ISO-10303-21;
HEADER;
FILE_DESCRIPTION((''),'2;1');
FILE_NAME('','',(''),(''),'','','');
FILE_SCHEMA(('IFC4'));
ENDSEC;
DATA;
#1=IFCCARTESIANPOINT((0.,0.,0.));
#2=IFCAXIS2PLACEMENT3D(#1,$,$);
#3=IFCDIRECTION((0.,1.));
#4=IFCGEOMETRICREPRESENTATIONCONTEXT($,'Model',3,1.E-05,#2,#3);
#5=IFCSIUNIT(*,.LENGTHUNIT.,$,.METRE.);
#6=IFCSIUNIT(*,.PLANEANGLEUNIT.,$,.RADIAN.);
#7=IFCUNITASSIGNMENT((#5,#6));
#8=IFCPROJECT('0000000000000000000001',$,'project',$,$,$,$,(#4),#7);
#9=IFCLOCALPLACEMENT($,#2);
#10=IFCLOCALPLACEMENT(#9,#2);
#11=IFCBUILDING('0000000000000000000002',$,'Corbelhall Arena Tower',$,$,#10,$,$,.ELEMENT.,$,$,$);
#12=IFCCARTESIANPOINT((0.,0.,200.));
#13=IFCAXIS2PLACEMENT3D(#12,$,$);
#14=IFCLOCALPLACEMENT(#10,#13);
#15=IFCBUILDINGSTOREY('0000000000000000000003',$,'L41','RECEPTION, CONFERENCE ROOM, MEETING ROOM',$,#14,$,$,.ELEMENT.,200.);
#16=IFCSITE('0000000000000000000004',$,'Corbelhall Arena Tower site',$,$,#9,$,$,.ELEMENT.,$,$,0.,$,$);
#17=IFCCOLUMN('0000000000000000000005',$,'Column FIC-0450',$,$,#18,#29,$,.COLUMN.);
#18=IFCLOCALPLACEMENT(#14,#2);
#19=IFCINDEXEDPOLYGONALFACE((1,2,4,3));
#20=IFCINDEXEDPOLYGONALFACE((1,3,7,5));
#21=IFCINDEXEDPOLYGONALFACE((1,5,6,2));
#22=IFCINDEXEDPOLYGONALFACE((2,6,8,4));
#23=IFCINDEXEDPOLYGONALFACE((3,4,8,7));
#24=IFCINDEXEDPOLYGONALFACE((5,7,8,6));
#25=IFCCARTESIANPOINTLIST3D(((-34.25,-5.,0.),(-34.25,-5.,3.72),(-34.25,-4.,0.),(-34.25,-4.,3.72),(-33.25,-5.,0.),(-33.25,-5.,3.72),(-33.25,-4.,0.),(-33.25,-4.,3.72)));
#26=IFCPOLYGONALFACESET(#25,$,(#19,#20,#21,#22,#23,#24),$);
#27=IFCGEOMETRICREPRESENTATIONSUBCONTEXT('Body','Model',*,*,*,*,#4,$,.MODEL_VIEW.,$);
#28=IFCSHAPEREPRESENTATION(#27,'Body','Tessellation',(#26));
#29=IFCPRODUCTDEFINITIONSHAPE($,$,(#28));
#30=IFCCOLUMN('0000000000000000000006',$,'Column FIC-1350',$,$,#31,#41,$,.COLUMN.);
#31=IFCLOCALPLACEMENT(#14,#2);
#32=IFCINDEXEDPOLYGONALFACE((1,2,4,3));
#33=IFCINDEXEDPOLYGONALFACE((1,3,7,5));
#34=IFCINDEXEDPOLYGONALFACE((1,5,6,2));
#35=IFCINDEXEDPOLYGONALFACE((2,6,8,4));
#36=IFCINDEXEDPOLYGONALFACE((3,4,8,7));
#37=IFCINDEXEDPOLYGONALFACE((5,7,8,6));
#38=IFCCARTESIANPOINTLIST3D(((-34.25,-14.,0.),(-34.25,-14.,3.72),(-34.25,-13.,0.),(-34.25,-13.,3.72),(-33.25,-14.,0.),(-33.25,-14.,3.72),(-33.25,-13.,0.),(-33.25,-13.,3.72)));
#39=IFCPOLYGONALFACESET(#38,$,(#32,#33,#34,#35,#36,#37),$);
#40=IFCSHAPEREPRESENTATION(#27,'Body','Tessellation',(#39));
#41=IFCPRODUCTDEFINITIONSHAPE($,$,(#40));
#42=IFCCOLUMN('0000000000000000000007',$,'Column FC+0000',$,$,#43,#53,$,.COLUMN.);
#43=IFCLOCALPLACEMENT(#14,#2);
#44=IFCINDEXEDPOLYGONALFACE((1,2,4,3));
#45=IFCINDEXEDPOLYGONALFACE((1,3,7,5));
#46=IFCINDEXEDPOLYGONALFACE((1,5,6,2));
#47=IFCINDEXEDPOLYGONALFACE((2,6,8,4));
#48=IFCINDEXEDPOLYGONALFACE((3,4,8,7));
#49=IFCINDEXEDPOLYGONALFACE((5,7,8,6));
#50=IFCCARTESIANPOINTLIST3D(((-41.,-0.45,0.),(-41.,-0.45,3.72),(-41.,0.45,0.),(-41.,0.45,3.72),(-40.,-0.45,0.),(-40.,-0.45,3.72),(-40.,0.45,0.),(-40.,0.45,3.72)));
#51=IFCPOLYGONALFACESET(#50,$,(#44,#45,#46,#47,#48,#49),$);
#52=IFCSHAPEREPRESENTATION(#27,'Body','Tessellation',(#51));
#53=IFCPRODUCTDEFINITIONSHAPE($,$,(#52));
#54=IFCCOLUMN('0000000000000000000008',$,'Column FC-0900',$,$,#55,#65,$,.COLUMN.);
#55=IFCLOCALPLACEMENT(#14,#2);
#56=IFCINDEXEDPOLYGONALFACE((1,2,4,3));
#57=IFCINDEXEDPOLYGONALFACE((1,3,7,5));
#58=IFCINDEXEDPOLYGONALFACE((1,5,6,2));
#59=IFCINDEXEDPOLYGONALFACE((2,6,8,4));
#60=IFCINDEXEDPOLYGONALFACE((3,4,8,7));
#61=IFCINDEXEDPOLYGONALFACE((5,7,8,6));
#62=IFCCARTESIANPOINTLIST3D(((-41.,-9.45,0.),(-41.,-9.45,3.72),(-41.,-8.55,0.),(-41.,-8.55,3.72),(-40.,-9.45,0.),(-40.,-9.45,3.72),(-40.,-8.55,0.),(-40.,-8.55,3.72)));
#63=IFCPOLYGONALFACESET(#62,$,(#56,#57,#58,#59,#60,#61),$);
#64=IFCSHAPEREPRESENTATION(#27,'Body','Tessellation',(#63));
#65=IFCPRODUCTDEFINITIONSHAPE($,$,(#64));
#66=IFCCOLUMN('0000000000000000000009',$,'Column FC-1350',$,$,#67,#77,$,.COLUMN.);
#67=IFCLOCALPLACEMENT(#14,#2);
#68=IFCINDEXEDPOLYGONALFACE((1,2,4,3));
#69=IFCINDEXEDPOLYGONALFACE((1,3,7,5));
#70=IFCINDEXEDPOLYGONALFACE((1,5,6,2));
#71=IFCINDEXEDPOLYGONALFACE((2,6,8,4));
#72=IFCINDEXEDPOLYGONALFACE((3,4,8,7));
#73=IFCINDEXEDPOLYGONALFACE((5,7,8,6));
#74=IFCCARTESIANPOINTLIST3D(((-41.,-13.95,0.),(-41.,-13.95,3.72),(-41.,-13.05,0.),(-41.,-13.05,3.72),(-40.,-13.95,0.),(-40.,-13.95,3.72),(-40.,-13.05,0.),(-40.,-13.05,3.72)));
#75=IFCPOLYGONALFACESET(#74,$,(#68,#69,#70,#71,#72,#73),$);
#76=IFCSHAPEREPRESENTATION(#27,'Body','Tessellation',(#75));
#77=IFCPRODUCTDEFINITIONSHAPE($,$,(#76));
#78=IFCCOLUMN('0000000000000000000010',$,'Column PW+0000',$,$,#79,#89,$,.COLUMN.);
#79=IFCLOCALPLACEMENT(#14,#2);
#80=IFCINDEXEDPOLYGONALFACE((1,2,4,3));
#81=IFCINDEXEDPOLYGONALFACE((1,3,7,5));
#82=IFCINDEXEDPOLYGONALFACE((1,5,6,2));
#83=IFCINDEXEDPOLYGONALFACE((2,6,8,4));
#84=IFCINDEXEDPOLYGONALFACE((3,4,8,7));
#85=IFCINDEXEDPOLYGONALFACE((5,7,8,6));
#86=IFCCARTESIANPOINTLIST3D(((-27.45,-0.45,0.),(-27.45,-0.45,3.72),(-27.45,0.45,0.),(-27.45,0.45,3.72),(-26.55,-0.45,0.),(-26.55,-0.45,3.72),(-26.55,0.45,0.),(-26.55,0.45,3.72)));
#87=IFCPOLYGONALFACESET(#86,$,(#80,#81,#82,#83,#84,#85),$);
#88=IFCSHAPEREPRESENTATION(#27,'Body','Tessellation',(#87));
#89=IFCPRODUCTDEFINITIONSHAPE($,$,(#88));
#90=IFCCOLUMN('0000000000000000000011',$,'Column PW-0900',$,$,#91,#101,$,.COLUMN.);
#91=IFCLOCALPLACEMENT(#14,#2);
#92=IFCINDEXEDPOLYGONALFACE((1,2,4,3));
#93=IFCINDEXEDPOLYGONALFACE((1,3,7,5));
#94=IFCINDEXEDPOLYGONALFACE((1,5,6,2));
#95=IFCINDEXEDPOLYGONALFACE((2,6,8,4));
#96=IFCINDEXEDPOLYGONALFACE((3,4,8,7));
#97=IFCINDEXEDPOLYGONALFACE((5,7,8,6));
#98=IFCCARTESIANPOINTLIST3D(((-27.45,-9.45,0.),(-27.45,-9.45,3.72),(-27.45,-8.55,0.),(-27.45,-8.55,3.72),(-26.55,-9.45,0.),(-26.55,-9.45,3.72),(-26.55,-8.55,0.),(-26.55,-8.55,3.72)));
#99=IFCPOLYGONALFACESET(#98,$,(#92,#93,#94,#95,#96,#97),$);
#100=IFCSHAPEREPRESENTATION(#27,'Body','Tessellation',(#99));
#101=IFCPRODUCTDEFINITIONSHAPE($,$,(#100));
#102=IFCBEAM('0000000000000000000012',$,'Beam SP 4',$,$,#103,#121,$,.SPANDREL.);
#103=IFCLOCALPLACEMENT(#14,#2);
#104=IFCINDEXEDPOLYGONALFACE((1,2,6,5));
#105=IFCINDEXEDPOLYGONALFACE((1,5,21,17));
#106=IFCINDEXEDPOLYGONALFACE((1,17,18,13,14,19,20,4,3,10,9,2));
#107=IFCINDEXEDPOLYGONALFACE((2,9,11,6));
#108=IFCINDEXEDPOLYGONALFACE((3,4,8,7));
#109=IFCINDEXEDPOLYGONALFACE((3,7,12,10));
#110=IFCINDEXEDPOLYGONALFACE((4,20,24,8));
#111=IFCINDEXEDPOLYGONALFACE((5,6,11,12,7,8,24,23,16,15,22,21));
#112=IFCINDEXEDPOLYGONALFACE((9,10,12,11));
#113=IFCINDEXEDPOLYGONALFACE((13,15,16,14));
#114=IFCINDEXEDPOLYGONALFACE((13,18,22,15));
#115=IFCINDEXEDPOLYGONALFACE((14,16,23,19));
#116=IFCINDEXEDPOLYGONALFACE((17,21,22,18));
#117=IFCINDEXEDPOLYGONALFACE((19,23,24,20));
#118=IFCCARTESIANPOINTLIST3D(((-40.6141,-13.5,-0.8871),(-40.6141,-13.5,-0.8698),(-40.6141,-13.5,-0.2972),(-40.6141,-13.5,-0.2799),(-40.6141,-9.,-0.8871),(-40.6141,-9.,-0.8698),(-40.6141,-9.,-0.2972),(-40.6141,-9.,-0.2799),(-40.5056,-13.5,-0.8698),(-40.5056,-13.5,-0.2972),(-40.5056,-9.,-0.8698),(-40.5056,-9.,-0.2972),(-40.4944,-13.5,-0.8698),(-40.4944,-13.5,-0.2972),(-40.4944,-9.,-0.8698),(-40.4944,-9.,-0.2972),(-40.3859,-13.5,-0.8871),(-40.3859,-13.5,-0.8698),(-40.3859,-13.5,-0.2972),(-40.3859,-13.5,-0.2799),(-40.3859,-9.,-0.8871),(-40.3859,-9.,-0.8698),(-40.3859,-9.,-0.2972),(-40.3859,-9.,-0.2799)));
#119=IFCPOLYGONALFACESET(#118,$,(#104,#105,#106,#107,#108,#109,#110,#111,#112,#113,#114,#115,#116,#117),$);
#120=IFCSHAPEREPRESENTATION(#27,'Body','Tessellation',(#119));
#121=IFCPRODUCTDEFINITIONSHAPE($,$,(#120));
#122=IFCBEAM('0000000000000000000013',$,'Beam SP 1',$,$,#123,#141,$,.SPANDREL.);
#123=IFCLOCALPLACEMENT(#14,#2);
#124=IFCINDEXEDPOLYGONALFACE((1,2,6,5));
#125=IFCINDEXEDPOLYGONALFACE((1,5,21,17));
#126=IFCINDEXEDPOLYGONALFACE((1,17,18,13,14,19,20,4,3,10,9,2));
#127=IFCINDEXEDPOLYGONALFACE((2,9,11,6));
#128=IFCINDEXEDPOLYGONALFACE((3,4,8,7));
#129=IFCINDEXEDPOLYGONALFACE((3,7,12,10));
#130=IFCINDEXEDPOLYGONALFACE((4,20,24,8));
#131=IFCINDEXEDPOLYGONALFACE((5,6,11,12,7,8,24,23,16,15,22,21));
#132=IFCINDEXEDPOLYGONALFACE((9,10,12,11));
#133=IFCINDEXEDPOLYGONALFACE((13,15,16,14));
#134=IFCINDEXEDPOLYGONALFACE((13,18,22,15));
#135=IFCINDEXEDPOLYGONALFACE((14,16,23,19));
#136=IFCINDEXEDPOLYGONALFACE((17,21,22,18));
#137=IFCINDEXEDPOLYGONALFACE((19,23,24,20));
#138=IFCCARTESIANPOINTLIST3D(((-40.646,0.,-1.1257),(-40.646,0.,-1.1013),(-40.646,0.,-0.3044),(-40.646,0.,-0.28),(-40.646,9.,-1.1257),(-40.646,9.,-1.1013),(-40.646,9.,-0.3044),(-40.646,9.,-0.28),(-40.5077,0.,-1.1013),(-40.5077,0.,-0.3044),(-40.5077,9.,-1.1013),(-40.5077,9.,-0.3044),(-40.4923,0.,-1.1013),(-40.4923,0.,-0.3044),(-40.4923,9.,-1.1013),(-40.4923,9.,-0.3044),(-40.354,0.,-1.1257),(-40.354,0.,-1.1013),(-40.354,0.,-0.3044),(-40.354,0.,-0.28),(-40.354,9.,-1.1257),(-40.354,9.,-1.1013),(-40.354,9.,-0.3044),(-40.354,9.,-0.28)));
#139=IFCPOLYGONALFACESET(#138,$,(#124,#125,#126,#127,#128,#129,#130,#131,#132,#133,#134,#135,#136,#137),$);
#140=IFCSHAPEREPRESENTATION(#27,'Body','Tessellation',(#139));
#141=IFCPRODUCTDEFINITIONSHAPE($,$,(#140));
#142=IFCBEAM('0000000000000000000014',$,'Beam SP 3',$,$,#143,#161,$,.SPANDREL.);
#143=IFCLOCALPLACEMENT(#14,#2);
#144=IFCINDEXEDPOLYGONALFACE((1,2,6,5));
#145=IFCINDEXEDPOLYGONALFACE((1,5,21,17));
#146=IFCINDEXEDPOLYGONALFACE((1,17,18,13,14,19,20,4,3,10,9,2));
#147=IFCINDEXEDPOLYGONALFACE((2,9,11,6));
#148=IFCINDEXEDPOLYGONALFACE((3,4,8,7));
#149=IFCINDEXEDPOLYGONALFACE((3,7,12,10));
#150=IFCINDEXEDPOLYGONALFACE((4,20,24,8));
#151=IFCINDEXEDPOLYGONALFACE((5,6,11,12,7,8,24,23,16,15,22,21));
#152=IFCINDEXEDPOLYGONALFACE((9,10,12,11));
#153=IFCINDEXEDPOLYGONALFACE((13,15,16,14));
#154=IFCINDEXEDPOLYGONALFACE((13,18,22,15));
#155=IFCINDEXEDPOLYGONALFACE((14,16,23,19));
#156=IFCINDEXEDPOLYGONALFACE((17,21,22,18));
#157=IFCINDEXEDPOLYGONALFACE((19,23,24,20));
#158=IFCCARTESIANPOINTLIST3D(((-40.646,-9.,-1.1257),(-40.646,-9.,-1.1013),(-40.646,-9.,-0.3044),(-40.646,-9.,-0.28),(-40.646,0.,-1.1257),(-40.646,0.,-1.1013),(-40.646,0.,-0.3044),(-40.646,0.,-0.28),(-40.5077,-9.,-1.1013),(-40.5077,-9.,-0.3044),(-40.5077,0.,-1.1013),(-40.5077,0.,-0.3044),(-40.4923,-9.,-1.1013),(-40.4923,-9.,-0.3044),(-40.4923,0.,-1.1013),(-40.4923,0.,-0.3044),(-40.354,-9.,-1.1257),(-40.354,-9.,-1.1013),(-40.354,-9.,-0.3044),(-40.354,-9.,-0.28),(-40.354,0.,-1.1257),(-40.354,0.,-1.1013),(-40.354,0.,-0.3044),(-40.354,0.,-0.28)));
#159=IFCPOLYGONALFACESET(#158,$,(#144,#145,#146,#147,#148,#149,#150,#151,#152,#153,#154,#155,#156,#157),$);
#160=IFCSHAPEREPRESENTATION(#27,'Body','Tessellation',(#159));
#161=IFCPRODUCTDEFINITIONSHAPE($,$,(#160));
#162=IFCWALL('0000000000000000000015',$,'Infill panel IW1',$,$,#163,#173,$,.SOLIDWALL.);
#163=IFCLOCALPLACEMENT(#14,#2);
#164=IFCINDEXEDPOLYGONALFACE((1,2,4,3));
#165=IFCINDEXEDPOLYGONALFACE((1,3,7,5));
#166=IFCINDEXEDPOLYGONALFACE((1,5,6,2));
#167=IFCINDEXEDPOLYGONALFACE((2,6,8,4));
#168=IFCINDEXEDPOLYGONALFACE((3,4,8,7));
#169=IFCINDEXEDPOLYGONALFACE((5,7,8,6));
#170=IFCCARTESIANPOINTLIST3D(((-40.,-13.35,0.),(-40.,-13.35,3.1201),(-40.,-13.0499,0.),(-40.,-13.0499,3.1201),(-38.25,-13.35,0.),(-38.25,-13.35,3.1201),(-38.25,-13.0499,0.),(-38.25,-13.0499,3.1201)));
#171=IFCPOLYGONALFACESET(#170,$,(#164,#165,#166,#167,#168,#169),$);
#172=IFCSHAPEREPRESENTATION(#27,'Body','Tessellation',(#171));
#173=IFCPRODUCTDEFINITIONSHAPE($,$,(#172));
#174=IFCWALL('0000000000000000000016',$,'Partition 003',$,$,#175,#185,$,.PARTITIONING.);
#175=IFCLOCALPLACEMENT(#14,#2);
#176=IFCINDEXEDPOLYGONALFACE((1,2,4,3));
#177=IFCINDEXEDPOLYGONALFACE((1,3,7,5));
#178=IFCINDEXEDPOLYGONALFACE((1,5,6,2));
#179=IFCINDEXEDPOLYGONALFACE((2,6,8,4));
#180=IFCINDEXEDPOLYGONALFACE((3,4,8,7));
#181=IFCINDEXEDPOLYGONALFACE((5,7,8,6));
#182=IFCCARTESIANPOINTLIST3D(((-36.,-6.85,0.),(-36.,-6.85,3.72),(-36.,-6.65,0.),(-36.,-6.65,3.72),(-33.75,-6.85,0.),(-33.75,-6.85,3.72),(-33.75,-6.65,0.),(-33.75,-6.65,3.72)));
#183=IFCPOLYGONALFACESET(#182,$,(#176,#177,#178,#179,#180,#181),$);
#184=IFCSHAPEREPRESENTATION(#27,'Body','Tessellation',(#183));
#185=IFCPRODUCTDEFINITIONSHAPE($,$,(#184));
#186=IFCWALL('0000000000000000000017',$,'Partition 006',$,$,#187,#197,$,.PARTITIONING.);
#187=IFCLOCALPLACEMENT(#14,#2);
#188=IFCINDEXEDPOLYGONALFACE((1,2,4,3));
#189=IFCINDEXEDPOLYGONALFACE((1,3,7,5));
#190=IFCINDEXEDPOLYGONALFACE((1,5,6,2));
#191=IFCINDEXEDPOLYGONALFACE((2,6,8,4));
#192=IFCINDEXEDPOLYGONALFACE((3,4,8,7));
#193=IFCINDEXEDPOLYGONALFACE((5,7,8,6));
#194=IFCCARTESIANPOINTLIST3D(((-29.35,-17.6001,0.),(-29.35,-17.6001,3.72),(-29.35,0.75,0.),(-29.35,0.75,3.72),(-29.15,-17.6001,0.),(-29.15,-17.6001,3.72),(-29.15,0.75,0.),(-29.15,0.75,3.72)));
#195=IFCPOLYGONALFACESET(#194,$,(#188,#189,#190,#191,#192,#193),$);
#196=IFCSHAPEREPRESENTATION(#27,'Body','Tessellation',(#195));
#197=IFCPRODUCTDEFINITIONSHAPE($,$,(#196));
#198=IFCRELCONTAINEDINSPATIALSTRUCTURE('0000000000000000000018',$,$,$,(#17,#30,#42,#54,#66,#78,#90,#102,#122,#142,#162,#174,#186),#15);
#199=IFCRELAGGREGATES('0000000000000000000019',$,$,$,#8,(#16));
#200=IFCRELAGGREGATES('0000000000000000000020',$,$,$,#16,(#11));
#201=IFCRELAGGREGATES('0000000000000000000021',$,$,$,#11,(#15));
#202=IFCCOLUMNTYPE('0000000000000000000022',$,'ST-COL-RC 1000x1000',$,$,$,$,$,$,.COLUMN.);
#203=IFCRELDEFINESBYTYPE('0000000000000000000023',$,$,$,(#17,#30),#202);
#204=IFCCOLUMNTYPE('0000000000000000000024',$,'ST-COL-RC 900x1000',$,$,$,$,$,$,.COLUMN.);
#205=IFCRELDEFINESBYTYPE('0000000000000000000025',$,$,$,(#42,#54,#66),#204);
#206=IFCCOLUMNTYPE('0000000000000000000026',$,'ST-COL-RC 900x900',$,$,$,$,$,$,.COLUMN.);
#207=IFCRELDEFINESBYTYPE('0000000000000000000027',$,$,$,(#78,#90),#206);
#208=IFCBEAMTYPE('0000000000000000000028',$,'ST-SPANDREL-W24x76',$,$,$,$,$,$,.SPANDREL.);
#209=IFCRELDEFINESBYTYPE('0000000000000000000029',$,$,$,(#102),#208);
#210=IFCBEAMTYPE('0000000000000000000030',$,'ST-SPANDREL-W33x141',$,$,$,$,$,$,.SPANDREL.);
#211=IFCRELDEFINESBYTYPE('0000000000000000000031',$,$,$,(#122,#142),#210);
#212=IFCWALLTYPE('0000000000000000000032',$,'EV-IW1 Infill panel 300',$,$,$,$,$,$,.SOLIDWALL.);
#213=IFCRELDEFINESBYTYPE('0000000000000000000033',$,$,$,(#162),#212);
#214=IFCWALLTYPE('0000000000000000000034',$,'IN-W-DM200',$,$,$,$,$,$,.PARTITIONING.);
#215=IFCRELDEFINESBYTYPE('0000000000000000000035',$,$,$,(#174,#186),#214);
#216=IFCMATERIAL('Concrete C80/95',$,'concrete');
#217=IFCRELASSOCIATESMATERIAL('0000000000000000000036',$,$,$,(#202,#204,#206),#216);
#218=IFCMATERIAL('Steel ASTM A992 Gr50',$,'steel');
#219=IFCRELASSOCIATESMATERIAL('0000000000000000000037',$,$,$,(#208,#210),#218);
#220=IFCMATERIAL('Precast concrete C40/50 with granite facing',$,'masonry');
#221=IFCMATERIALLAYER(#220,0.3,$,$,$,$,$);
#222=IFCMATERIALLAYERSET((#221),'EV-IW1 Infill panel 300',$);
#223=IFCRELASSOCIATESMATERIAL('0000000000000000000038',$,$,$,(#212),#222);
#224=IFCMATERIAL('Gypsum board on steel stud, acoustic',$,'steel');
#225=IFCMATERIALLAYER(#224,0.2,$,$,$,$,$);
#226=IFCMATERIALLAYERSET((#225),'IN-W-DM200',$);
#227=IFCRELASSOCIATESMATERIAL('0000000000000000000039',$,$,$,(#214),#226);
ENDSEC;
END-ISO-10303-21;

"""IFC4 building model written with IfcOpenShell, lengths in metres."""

from ifc_helpers import new_model, si_unit, direction, frame, frame_2d, origin, origin_2d, place, context, subcontext, project, spatial, rectangle, i_section, extrude, material, layer, layer_set, material_profile, profile_set, type_object, element, save


model = new_model("IFC4")

# Units and contexts
model_context = context("Model", 3, precision=1e-05, world=origin(), true_north=direction((0.0, 1.0)))
body_context = subcontext(model_context, "Body", "Model", "MODEL_VIEW")
ifc_project = project(units=[si_unit("LENGTHUNIT", "METRE"), si_unit("PLANEANGLEUNIT", "RADIAN")], contexts=[model_context])

# Site, building, storey
site_placement = place(None, origin())
site = spatial("IfcSite", under=ifc_project, at=site_placement, Name="Corbelhall Arena Tower site", CompositionType="ELEMENT", RefElevation=0.0)
building_placement = place(site_placement, origin())
building = spatial("IfcBuilding", under=site, at=building_placement, Name="Corbelhall Arena Tower", CompositionType="ELEMENT")
storey_placement = place(building_placement, frame((0.0, 0.0, 200.0)))
storey = spatial("IfcBuildingStorey", under=building, at=storey_placement, Name="L41", Description="RECEPTION, CONFERENCE ROOM, MEETING ROOM", CompositionType="ELEMENT", Elevation=200.0)

# Columns
ifc_material_1 = material(Name="Concrete C80/95", Category="concrete")
ifc_material_profile_1 = material_profile(ifc_material_1, rectangle(XDim=1.0, YDim=1.0, at=origin_2d()))
ifc_profile_set_1 = profile_set([ifc_material_profile_1], Name="Concrete C80/95")
column_type_1 = type_object("IfcColumnType", Name="ST-COL-RC 1000x1000", PredefinedType="COLUMN", material=ifc_profile_set_1)
for number, where, z_axis, x_axis, name in (
    (1, (-33.75, -4.5, 0.0), (0.0, 0.0, 1.0), (1.0, 0.0, 0.0), "Column FIC-0450"),
    (2, (-33.75, -13.5, 0.0), (0.0, 0.0, 1.0), (1.0, 0.0, 0.0), "Column FIC-1350"),
):
    element("IfcColumn", number, at=place(storey_placement, frame(where, z_axis=z_axis, x_axis=x_axis)), inside=storey, type_object=column_type_1, Name=name, PredefinedType="COLUMN", context=body_context, shape_type="SweptSolid", body=[
        extrude(rectangle(XDim=1.0, YDim=1.0, at=origin_2d()), origin(), (0.0, 0.0, 1.0), 3.72),
    ])
ifc_material_profile_2 = material_profile(ifc_material_1, rectangle(XDim=0.8999, YDim=1.0, at=origin_2d()))
ifc_profile_set_2 = profile_set([ifc_material_profile_2], Name="Concrete C80/95")
column_type_2 = type_object("IfcColumnType", Name="ST-COL-RC 900x1000", PredefinedType="COLUMN", material=ifc_profile_set_2)
for number, where, z_axis, x_axis, name in (
    (3, (-40.5, 0.0, 0.0), (0.0, 0.0, 1.0), (0.0, 1.0, 0.0), "Column FC+0000"),
    (4, (-40.5, -9.0, 0.0), (0.0, 0.0, 1.0), (0.0, 1.0, 0.0), "Column FC-0900"),
    (5, (-40.5, -13.5, 0.0), (0.0, 0.0, 1.0), (0.0, 1.0, 0.0), "Column FC-1350"),
):
    element("IfcColumn", number, at=place(storey_placement, frame(where, z_axis=z_axis, x_axis=x_axis)), inside=storey, type_object=column_type_2, Name=name, PredefinedType="COLUMN", context=body_context, shape_type="SweptSolid", body=[
        extrude(rectangle(XDim=0.8999, YDim=1.0, at=origin_2d()), origin(), (0.0, 0.0, 1.0), 3.72),
    ])
ifc_material_profile_3 = material_profile(ifc_material_1, rectangle(XDim=0.8999, YDim=0.8999, at=origin_2d()))
ifc_profile_set_3 = profile_set([ifc_material_profile_3], Name="Concrete C80/95")
column_type_3 = type_object("IfcColumnType", Name="ST-COL-RC 900x900", PredefinedType="COLUMN", material=ifc_profile_set_3)
for number, where, z_axis, x_axis, name in (
    (6, (-27.0, 0.0, 0.0), (0.0, 0.0, 1.0), (1.0, 0.0, 0.0), "Column PW+0000"),
    (7, (-27.0, -9.0, 0.0), (0.0, 0.0, 1.0), (1.0, 0.0, 0.0), "Column PW-0900"),
):
    element("IfcColumn", number, at=place(storey_placement, frame(where, z_axis=z_axis, x_axis=x_axis)), inside=storey, type_object=column_type_3, Name=name, PredefinedType="COLUMN", context=body_context, shape_type="SweptSolid", body=[
        extrude(rectangle(XDim=0.8999, YDim=0.8999, at=origin_2d()), origin(), (0.0, 0.0, 1.0), 3.72),
    ])

# Beams
ifc_material_2 = material(Name="Steel ASTM A992 Gr50", Category="steel")
ifc_material_profile_4 = material_profile(ifc_material_2, i_section(OverallWidth=0.2283, OverallDepth=0.6072, WebThickness=0.0112, FlangeThickness=0.0173, at=origin_2d()))
ifc_profile_set_4 = profile_set([ifc_material_profile_4], Name="Steel ASTM A992 Gr50")
beam_type_1 = type_object("IfcBeamType", Name="ST-SPANDREL-W24x76", PredefinedType="SPANDREL", material=ifc_profile_set_4)
beam_placement = place(storey_placement, frame((-40.5, -13.5, -0.5835), z_axis=(0.0, 1.0, 0.0), x_axis=(-1.0, 0.0, 0.0)))
element("IfcBeam", 8, at=beam_placement, inside=storey, type_object=beam_type_1, Name="Beam SP 4", PredefinedType="SPANDREL", context=body_context, shape_type="SweptSolid", body=[
    extrude(i_section(OverallWidth=0.2283, OverallDepth=0.6072, WebThickness=0.0112, FlangeThickness=0.0173, at=origin_2d()), origin(), (0.0, 0.0, 1.0), 4.5),
])
ifc_material_profile_5 = material_profile(ifc_material_2, i_section(OverallWidth=0.292, OverallDepth=0.8457, WebThickness=0.0154, FlangeThickness=0.0244, at=origin_2d()))
ifc_profile_set_5 = profile_set([ifc_material_profile_5], Name="Steel ASTM A992 Gr50")
beam_type_2 = type_object("IfcBeamType", Name="ST-SPANDREL-W33x141", PredefinedType="SPANDREL", material=ifc_profile_set_5)
for number, where, z_axis, x_axis, name in (
    (9, (-40.5, 0.0, -0.7029), (0.0, 1.0, 0.0), (-1.0, 0.0, 0.0), "Beam SP 1"),
    (10, (-40.5, -9.0, -0.7029), (0.0, 1.0, 0.0), (-1.0, 0.0, 0.0), "Beam SP 3"),
):
    element("IfcBeam", number, at=place(storey_placement, frame(where, z_axis=z_axis, x_axis=x_axis)), inside=storey, type_object=beam_type_2, Name=name, PredefinedType="SPANDREL", context=body_context, shape_type="SweptSolid", body=[
        extrude(i_section(OverallWidth=0.292, OverallDepth=0.8457, WebThickness=0.0154, FlangeThickness=0.0244, at=origin_2d()), origin(), (0.0, 0.0, 1.0), 9.0),
    ])

# Wall
ifc_material_3 = material(Name="Precast concrete C40/50 with granite facing", Category="masonry")
ifc_layer_1 = layer(ifc_material_3, 0.3)
ifc_layer_set_1 = layer_set([ifc_layer_1], Name="EV-IW1 Infill panel 300")
wall_type_1 = type_object("IfcWallType", Name="EV-IW1 Infill panel 300", PredefinedType="SOLIDWALL", material=ifc_layer_set_1)
wall_1_placement = place(storey_placement, frame((-40.0, -13.2, 0.0), z_axis=(0.0, 0.0, 1.0), x_axis=(1.0, 0.0, 0.0)))
element("IfcWall", 11, at=wall_1_placement, inside=storey, type_object=wall_type_1, Name="Infill panel IW1", PredefinedType="SOLIDWALL", context=body_context, shape_type="SweptSolid", body=[
    extrude(rectangle(XDim=1.75, YDim=0.3, at=frame_2d((0.875, 0.0))), origin(), (0.0, 0.0, 1.0), 3.1201),
])

# Wall
ifc_material_4 = material(Name="Gypsum board on steel stud, acoustic", Category="steel")
ifc_layer_2 = layer(ifc_material_4, 0.2)
ifc_layer_set_2 = layer_set([ifc_layer_2], Name="IN-W-DM200")
wall_type_2 = type_object("IfcWallType", Name="IN-W-DM200", PredefinedType="PARTITIONING", material=ifc_layer_set_2)
wall_2_placement = place(storey_placement, frame((-33.75, -6.75, 0.0), z_axis=(0.0, 0.0, 1.0), x_axis=(-1.0, 0.0, 0.0)))
element("IfcWall", 12, at=wall_2_placement, inside=storey, type_object=wall_type_2, Name="Partition 003", PredefinedType="PARTITIONING", context=body_context, shape_type="SweptSolid", body=[
    extrude(rectangle(XDim=2.25, YDim=0.2, at=frame_2d((1.125, 0.0))), origin(), (0.0, 0.0, 1.0), 3.72),
])

# Wall
wall_3_placement = place(storey_placement, frame((-29.25, 0.75, 0.0), z_axis=(0.0, 0.0, 1.0), x_axis=(0.0, -1.0, 0.0)))
element("IfcWall", 13, at=wall_3_placement, inside=storey, type_object=wall_type_2, Name="Partition 006", PredefinedType="PARTITIONING", context=body_context, shape_type="SweptSolid", body=[
    extrude(rectangle(XDim=18.3501, YDim=0.2, at=frame_2d((9.175, 0.0))), origin(), (0.0, 0.0, 1.0), 3.72),
])

save(model, "model.ifc")
